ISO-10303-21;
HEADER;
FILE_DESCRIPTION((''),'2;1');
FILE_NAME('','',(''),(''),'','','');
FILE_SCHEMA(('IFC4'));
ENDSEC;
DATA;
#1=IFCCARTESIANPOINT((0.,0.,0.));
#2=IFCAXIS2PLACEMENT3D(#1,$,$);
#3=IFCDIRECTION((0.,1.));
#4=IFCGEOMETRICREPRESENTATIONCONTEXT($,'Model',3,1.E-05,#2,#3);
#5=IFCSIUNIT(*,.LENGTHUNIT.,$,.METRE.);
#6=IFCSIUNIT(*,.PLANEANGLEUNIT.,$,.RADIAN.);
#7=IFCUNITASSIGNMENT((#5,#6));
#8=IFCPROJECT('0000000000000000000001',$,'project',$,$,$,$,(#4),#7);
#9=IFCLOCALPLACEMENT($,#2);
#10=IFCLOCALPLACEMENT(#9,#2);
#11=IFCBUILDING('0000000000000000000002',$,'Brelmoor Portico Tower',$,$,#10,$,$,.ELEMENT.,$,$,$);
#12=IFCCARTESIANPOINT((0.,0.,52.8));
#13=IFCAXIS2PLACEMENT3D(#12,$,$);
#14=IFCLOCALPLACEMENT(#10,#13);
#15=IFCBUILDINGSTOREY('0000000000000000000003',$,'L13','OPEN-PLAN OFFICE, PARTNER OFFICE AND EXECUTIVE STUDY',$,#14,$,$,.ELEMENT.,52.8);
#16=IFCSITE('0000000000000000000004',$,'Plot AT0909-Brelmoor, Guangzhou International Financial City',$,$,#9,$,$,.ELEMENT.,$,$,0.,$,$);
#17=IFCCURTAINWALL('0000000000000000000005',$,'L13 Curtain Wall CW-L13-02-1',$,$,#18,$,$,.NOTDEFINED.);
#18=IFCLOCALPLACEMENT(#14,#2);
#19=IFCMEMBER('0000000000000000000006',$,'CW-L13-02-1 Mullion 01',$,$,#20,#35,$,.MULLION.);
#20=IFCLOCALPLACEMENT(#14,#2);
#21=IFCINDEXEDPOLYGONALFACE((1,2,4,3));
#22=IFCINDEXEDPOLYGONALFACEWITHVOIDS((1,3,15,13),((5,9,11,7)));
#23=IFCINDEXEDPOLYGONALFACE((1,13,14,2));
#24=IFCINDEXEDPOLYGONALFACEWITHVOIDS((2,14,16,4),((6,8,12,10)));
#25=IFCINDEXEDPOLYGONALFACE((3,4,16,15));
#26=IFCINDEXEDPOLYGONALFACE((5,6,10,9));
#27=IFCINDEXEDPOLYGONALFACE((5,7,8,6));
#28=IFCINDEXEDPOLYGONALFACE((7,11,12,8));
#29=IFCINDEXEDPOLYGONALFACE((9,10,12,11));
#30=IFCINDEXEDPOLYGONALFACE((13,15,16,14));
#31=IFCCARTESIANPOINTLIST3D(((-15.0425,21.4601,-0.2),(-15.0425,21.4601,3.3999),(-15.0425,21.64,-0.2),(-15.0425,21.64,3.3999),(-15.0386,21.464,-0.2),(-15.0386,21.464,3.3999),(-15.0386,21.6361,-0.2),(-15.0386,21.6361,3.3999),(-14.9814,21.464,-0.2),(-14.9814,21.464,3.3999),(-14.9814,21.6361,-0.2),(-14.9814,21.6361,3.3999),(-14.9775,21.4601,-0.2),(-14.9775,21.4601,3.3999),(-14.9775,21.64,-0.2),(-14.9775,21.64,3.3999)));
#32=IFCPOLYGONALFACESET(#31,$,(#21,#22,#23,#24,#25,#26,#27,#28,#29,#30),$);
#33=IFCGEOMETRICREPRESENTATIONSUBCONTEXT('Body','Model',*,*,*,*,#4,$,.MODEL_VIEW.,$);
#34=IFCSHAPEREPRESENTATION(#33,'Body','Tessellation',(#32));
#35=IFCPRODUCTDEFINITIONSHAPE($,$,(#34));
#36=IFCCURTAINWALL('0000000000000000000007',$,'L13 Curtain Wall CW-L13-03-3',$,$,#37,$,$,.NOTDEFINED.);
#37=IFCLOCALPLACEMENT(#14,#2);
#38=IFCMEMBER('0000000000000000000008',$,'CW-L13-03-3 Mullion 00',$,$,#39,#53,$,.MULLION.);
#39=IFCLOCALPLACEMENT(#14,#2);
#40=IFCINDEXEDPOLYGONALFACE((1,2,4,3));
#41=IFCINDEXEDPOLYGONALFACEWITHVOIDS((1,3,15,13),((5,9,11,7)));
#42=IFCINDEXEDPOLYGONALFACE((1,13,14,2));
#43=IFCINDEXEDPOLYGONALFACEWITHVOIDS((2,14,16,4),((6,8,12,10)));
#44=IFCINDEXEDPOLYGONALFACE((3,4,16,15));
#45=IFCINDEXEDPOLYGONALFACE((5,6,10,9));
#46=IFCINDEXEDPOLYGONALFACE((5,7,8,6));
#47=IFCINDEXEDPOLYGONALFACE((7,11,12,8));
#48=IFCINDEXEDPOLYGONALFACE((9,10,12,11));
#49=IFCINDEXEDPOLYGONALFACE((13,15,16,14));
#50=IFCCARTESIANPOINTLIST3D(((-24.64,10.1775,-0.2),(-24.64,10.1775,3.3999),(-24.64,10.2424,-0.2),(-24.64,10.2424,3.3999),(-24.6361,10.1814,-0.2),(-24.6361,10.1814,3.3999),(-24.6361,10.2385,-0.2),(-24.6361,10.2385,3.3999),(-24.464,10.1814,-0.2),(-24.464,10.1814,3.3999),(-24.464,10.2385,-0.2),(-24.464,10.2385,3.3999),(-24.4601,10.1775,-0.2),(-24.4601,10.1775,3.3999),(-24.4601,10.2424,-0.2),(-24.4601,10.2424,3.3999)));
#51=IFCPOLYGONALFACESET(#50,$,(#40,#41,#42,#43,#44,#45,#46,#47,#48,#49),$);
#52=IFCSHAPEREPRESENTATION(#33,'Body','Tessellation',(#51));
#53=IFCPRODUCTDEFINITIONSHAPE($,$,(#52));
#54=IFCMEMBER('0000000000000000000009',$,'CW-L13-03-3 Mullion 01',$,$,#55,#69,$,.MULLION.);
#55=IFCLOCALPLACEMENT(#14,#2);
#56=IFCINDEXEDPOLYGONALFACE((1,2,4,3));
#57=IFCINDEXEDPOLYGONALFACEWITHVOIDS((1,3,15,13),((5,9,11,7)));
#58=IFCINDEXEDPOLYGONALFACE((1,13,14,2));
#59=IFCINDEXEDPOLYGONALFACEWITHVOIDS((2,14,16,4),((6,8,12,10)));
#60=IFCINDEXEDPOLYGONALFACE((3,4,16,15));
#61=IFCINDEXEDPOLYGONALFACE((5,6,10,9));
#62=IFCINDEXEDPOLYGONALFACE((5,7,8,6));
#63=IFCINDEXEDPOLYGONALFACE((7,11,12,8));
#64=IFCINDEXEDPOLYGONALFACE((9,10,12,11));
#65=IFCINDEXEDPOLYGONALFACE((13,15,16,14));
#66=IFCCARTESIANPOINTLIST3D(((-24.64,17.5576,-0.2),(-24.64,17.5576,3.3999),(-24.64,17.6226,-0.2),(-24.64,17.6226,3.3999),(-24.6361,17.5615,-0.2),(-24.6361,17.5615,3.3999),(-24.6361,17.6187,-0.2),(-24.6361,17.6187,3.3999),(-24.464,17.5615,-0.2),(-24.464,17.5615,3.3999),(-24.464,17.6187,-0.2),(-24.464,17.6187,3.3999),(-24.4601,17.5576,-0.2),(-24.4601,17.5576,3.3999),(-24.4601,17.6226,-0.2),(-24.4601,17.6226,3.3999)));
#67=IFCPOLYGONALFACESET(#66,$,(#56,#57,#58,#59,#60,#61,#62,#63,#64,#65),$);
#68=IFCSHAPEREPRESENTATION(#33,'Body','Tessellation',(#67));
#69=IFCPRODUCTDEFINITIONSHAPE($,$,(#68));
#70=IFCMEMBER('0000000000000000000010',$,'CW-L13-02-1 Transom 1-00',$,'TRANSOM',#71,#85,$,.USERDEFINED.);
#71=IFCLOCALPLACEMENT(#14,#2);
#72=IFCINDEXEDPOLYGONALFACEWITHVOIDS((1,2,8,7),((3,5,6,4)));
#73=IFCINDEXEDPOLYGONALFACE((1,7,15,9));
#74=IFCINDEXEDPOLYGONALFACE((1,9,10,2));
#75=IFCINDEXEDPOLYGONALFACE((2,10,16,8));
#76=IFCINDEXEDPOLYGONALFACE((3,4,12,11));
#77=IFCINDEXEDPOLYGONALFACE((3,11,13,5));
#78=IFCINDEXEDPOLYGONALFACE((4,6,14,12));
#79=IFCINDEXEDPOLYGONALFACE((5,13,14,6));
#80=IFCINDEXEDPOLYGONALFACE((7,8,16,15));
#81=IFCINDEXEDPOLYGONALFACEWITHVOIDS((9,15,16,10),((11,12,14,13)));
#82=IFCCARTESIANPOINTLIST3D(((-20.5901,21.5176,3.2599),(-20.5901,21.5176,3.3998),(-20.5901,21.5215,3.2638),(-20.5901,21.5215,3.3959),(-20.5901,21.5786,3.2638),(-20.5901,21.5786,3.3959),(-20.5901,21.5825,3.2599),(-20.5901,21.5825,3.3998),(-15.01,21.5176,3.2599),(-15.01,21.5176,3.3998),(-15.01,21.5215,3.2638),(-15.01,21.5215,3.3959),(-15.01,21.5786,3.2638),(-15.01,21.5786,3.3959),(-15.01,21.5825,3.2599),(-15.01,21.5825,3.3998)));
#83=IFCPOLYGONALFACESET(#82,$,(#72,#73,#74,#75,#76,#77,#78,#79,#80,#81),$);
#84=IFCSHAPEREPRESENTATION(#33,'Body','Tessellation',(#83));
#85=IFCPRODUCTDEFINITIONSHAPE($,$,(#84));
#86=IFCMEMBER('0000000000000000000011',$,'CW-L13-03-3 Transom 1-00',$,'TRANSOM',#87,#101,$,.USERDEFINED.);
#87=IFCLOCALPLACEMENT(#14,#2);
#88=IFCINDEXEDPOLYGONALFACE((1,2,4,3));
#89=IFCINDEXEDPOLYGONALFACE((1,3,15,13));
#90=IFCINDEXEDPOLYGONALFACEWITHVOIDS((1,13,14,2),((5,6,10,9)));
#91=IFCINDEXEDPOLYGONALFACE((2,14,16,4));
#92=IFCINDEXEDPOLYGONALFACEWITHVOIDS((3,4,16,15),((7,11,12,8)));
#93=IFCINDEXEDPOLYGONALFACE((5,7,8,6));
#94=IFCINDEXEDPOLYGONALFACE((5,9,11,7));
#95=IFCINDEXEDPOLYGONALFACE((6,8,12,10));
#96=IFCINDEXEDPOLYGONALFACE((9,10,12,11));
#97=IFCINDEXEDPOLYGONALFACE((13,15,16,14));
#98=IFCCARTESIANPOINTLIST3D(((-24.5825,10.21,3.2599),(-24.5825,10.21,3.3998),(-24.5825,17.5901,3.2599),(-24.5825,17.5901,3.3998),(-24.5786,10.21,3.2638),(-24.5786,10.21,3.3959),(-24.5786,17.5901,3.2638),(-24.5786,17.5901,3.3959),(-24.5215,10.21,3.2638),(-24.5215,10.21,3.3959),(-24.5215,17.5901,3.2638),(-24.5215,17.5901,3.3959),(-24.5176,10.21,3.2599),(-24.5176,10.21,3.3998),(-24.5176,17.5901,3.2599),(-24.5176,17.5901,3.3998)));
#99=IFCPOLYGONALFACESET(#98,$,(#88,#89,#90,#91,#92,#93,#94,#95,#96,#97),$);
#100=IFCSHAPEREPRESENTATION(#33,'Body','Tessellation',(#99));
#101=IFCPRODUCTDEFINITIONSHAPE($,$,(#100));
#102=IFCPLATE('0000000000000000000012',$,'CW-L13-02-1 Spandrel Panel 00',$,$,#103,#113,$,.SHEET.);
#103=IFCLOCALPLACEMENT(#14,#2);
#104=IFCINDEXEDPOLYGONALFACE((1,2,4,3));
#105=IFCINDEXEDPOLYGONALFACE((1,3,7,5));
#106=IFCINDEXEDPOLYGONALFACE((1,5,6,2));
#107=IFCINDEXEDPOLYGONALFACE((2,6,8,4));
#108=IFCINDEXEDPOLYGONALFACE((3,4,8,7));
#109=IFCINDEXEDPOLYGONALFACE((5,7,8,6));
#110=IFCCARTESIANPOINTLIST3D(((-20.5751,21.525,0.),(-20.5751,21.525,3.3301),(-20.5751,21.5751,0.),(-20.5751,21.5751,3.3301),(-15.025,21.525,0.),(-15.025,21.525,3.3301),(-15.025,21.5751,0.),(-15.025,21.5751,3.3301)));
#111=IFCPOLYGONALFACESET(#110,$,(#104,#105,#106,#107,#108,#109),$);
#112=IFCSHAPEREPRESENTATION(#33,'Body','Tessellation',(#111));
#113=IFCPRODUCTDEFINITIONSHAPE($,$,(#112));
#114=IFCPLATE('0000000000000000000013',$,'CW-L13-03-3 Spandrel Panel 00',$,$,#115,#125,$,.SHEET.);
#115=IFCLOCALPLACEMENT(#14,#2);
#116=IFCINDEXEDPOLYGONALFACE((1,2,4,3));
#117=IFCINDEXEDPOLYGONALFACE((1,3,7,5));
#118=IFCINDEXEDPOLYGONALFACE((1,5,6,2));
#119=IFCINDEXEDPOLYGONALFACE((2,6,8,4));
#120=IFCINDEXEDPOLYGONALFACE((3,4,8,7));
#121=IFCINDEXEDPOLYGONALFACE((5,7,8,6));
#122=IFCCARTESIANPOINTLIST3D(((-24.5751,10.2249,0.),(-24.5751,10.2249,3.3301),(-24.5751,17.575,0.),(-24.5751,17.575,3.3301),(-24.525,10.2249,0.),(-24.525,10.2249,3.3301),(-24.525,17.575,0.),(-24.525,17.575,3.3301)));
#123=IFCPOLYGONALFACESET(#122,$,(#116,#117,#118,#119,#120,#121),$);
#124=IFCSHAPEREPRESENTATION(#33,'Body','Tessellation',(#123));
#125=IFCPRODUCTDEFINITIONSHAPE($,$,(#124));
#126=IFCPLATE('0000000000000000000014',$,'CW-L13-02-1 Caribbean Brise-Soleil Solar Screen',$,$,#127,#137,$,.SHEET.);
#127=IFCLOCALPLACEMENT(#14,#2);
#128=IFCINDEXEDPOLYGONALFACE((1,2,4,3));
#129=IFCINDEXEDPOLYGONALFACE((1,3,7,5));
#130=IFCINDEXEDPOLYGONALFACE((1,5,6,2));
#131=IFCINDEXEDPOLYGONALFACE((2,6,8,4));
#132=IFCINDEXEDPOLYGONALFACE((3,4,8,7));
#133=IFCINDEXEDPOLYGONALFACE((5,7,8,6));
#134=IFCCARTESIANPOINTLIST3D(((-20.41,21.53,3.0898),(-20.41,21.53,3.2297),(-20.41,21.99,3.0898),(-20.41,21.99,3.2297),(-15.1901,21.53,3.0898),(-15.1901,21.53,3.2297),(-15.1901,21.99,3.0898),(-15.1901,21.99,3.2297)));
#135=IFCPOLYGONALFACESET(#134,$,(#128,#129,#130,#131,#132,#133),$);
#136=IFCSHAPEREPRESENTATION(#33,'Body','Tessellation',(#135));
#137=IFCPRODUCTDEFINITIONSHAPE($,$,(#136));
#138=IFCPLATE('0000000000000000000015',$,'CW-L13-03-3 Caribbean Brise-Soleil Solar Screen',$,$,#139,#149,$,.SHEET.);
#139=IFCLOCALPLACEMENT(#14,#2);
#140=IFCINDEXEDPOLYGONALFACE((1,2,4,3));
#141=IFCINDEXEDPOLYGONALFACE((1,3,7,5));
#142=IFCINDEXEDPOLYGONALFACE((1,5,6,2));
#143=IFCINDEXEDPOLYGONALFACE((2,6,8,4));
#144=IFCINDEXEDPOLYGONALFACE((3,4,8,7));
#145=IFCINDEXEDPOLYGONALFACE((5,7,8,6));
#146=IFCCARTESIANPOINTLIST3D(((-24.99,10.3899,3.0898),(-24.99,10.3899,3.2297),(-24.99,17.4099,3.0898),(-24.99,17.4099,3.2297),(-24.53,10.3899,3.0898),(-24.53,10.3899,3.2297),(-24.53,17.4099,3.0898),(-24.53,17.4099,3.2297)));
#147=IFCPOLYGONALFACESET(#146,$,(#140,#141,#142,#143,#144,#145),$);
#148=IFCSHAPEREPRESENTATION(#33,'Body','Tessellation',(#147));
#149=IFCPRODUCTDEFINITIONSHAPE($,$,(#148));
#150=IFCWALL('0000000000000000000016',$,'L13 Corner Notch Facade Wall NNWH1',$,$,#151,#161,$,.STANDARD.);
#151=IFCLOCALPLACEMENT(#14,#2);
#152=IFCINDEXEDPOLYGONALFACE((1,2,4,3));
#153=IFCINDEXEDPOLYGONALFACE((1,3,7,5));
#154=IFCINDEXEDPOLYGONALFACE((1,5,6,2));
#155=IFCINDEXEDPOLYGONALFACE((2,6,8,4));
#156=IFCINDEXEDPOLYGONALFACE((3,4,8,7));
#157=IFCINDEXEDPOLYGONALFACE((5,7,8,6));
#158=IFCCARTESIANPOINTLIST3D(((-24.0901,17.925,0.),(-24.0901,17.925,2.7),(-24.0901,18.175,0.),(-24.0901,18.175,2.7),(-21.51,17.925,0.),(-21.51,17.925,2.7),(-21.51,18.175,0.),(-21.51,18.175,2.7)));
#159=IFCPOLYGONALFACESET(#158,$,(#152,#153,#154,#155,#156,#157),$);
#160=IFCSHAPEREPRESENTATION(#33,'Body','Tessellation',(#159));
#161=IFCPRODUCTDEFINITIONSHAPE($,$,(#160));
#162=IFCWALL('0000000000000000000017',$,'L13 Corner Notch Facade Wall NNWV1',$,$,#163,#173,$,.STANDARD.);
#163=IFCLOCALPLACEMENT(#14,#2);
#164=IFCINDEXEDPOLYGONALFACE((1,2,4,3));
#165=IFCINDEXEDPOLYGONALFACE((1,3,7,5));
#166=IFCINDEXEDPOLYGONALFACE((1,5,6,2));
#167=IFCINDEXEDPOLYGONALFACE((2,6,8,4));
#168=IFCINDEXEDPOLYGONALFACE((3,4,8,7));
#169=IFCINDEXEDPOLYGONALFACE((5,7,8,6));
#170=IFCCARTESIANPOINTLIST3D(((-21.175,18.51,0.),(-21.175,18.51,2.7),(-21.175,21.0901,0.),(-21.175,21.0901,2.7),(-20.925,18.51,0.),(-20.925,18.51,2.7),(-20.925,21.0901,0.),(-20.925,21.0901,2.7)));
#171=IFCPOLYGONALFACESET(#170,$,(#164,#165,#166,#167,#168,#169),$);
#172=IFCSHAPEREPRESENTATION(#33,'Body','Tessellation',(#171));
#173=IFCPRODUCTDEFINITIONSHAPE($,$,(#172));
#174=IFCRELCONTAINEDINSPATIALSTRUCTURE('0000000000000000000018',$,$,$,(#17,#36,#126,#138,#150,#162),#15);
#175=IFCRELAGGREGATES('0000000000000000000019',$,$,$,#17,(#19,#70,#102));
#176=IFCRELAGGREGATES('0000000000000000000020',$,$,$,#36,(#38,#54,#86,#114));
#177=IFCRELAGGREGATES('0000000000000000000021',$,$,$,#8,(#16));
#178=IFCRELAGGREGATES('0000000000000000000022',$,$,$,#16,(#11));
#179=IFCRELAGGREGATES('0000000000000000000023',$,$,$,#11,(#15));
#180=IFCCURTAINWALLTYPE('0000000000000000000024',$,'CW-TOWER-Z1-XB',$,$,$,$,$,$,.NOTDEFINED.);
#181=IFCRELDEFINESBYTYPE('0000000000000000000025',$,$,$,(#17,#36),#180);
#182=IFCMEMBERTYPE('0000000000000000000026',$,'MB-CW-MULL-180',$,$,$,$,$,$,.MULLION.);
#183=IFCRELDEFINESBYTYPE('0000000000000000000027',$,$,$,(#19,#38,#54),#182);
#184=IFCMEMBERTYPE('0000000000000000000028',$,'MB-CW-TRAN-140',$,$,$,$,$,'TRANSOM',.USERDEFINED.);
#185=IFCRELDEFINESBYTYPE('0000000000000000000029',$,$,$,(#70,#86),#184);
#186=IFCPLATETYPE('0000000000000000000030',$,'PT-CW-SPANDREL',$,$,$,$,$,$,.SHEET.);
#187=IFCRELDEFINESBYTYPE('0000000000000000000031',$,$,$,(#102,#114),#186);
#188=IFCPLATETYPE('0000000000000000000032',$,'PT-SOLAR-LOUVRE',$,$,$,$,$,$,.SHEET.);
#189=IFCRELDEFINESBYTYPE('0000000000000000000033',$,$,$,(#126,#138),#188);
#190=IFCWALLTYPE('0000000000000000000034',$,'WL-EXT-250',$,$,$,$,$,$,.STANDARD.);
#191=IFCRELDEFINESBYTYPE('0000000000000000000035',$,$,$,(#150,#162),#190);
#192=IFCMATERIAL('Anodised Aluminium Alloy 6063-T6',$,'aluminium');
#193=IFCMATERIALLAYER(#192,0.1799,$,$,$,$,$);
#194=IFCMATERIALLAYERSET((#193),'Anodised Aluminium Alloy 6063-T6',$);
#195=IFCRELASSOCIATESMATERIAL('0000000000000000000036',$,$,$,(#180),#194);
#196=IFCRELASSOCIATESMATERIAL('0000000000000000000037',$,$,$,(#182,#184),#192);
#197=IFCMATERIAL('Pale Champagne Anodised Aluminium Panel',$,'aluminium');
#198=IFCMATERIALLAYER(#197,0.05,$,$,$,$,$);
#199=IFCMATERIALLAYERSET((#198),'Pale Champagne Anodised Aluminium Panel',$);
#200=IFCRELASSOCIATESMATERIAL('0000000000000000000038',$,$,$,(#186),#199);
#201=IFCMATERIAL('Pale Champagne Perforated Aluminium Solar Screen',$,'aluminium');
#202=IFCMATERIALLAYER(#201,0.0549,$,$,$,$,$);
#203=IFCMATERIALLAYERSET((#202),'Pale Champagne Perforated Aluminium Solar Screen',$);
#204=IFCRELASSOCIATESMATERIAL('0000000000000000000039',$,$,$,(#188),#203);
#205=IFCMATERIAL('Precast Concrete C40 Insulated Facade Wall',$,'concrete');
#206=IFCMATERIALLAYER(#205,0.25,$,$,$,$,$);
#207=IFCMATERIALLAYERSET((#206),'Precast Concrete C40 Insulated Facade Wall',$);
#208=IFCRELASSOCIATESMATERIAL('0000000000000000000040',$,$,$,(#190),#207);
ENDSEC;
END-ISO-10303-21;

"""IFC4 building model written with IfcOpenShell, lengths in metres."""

from ifc_helpers import new_model, si_unit, direction, frame, frame_2d, origin, origin_2d, place, context, subcontext, project, spatial, rectangle, hollow_rectangle, extrude, material, layer, layer_set, material_profile, profile_set, type_object, element, aggregate, save


model = new_model("IFC4")

# Units and contexts
model_context = context("Model", 3, precision=1e-05, world=origin(), true_north=direction((0.0, 1.0)))
body_context = subcontext(model_context, "Body", "Model", "MODEL_VIEW")
ifc_project = project(units=[si_unit("LENGTHUNIT", "METRE"), si_unit("PLANEANGLEUNIT", "RADIAN")], contexts=[model_context])

# Site, building, storey
site_placement = place(None, origin())
site = spatial("IfcSite", under=ifc_project, at=site_placement, Name="Plot AT0909-Brelmoor, Guangzhou International Financial City", CompositionType="ELEMENT", RefElevation=0.0)
building_placement = place(site_placement, origin())
building = spatial("IfcBuilding", under=site, at=building_placement, Name="Brelmoor Portico Tower", CompositionType="ELEMENT")
storey_placement = place(building_placement, frame((0.0, 0.0, 52.8)))
storey = spatial("IfcBuildingStorey", under=building, at=storey_placement, Name="L13", Description="OPEN-PLAN OFFICE, PARTNER OFFICE AND EXECUTIVE STUDY", CompositionType="ELEMENT", Elevation=52.8)

# Curtain walls, members
ifc_material_1 = material(Name="Anodised Aluminium Alloy 6063-T6", Category="aluminium")
ifc_layer_1 = layer(ifc_material_1, 0.1799)
ifc_layer_set_1 = layer_set([ifc_layer_1], Name="Anodised Aluminium Alloy 6063-T6")
curtain_wall_type = type_object("IfcCurtainWallType", Name="CW-TOWER-Z1-XB", PredefinedType="NOTDEFINED", material=ifc_layer_set_1)
curtain_wall_1_placement = place(storey_placement, origin())
curtain_wall_1 = element("IfcCurtainWall", 1, at=curtain_wall_1_placement, inside=storey, type_object=curtain_wall_type, Name="L13 Curtain Wall CW-L13-02-1", PredefinedType="NOTDEFINED")
ifc_material_profile_1 = material_profile(ifc_material_1, hollow_rectangle(XDim=0.0649, YDim=0.1799, WallThickness=0.0039, at=origin_2d()), Name="ALU MULLION 65x180")
ifc_profile_set_1 = profile_set([ifc_material_profile_1], Name="Anodised Aluminium Alloy 6063-T6")
member_type_1 = type_object("IfcMemberType", Name="MB-CW-MULL-180", PredefinedType="MULLION", material=ifc_profile_set_1)
member_1_placement = place(storey_placement, frame((-15.01, 21.55, -0.2), z_axis=(0.0, 0.0, 1.0), x_axis=(1.0, 0.0, 0.0)))
member_1 = element("IfcMember", 2, at=member_1_placement, type_object=member_type_1, Name="CW-L13-02-1 Mullion 01", PredefinedType="MULLION", context=body_context, shape_type="SweptSolid", body=[
    extrude(hollow_rectangle(XDim=0.0649, YDim=0.1799, WallThickness=0.0039, at=origin_2d()), origin(), (0.0, 0.0, 1.0), 3.5999),
])
curtain_wall_2_placement = place(storey_placement, origin())
curtain_wall_2 = element("IfcCurtainWall", 3, at=curtain_wall_2_placement, inside=storey, type_object=curtain_wall_type, Name="L13 Curtain Wall CW-L13-03-3", PredefinedType="NOTDEFINED")
member_2_placement = place(storey_placement, frame((-24.55, 10.21, -0.2), z_axis=(0.0, 0.0, 1.0), x_axis=(0.0, 1.0, 0.0)))
member_2 = element("IfcMember", 4, at=member_2_placement, type_object=member_type_1, Name="CW-L13-03-3 Mullion 00", PredefinedType="MULLION", context=body_context, shape_type="SweptSolid", body=[
    extrude(hollow_rectangle(XDim=0.0649, YDim=0.1799, WallThickness=0.0039, at=origin_2d()), origin(), (0.0, 0.0, 1.0), 3.5999),
])
member_3_placement = place(storey_placement, frame((-24.55, 17.5901, -0.2), z_axis=(0.0, 0.0, 1.0), x_axis=(0.0, 1.0, 0.0)))
member_3 = element("IfcMember", 5, at=member_3_placement, type_object=member_type_1, Name="CW-L13-03-3 Mullion 01", PredefinedType="MULLION", context=body_context, shape_type="SweptSolid", body=[
    extrude(hollow_rectangle(XDim=0.0649, YDim=0.1799, WallThickness=0.0039, at=origin_2d()), origin(), (0.0, 0.0, 1.0), 3.5999),
])

# Members
ifc_material_profile_2 = material_profile(ifc_material_1, hollow_rectangle(XDim=0.0649, YDim=0.1399, WallThickness=0.0039, at=origin_2d()), Name="ALU TRANSOM 65x140")
ifc_profile_set_2 = profile_set([ifc_material_profile_2], Name="Anodised Aluminium Alloy 6063-T6")
member_type_2 = type_object("IfcMemberType", Name="MB-CW-TRAN-140", ElementType="TRANSOM", PredefinedType="USERDEFINED", material=ifc_profile_set_2)
member_4_placement = place(storey_placement, frame((-20.5901, 21.55, 3.3298), z_axis=(1.0, 0.0, 0.0), x_axis=(0.0, 1.0, 0.0)))
member_4 = element("IfcMember", 6, at=member_4_placement, type_object=member_type_2, Name="CW-L13-02-1 Transom 1-00", ObjectType="TRANSOM", PredefinedType="USERDEFINED", context=body_context, shape_type="SweptSolid", body=[
    extrude(hollow_rectangle(XDim=0.0649, YDim=0.1399, WallThickness=0.0039, at=origin_2d()), origin(), (0.0, 0.0, 1.0), 5.5801),
])
member_5_placement = place(storey_placement, frame((-24.55, 10.21, 3.3298), z_axis=(0.0, 1.0, 0.0), x_axis=(-1.0, 0.0, 0.0)))
member_5 = element("IfcMember", 7, at=member_5_placement, type_object=member_type_2, Name="CW-L13-03-3 Transom 1-00", ObjectType="TRANSOM", PredefinedType="USERDEFINED", context=body_context, shape_type="SweptSolid", body=[
    extrude(hollow_rectangle(XDim=0.0649, YDim=0.1399, WallThickness=0.0039, at=origin_2d()), origin(), (0.0, 0.0, 1.0), 7.3801),
])

# Plates
ifc_material_2 = material(Name="Pale Champagne Anodised Aluminium Panel", Category="aluminium")
ifc_layer_2 = layer(ifc_material_2, 0.05)
ifc_layer_set_2 = layer_set([ifc_layer_2], Name="Pale Champagne Anodised Aluminium Panel")
plate_type_1 = type_object("IfcPlateType", Name="PT-CW-SPANDREL", PredefinedType="SHEET", material=ifc_layer_set_2)
plate_1_placement = place(storey_placement, frame((-17.8, 21.55, 0.0), z_axis=(0.0, 0.0, 1.0), x_axis=(1.0, 0.0, 0.0)))
plate_1 = element("IfcPlate", 8, at=plate_1_placement, type_object=plate_type_1, Name="CW-L13-02-1 Spandrel Panel 00", PredefinedType="SHEET", context=body_context, shape_type="SweptSolid", body=[
    extrude(rectangle(XDim=5.55, YDim=0.05, at=origin_2d()), origin(), (0.0, 0.0, 1.0), 3.3301),
])
aggregate(curtain_wall_1, [member_1, member_4, plate_1])
plate_2_placement = place(storey_placement, frame((-24.55, 13.8999, 0.0), z_axis=(0.0, 0.0, 1.0), x_axis=(0.0, 1.0, 0.0)))
plate_2 = element("IfcPlate", 9, at=plate_2_placement, type_object=plate_type_1, Name="CW-L13-03-3 Spandrel Panel 00", PredefinedType="SHEET", context=body_context, shape_type="SweptSolid", body=[
    extrude(rectangle(XDim=7.3501, YDim=0.05, at=origin_2d()), origin(), (0.0, 0.0, 1.0), 3.3301),
])
aggregate(curtain_wall_2, [member_2, member_3, member_5, plate_2])

# Plates
ifc_material_3 = material(Name="Pale Champagne Perforated Aluminium Solar Screen", Category="aluminium")
ifc_layer_3 = layer(ifc_material_3, 0.0549)
ifc_layer_set_3 = layer_set([ifc_layer_3], Name="Pale Champagne Perforated Aluminium Solar Screen")
plate_type_2 = type_object("IfcPlateType", Name="PT-SOLAR-LOUVRE", PredefinedType="SHEET", material=ifc_layer_set_3)
plate_3_placement = place(storey_placement, frame((-17.8, 21.76, 3.0898), z_axis=(0.0, 0.0, 1.0), x_axis=(1.0, 0.0, 0.0)))
element("IfcPlate", 10, at=plate_3_placement, inside=storey, type_object=plate_type_2, Name="CW-L13-02-1 Caribbean Brise-Soleil Solar Screen", PredefinedType="SHEET", context=body_context, shape_type="SweptSolid", body=[
    extrude(rectangle(XDim=5.22, YDim=0.46, at=origin_2d()), origin(), (0.0, 0.0, 1.0), 0.1399),
])
plate_4_placement = place(storey_placement, frame((-24.76, 13.8999, 3.0898), z_axis=(0.0, 0.0, 1.0), x_axis=(0.0, 1.0, 0.0)))
element("IfcPlate", 11, at=plate_4_placement, inside=storey, type_object=plate_type_2, Name="CW-L13-03-3 Caribbean Brise-Soleil Solar Screen", PredefinedType="SHEET", context=body_context, shape_type="SweptSolid", body=[
    extrude(rectangle(XDim=7.02, YDim=0.46, at=origin_2d()), origin(), (0.0, 0.0, 1.0), 0.1399),
])

# Walls
ifc_material_4 = material(Name="Precast Concrete C40 Insulated Facade Wall", Category="concrete")
ifc_layer_4 = layer(ifc_material_4, 0.25)
ifc_layer_set_4 = layer_set([ifc_layer_4], Name="Precast Concrete C40 Insulated Facade Wall")
wall_type_1 = type_object("IfcWallType", Name="WL-EXT-250", PredefinedType="STANDARD", material=ifc_layer_set_4)
for number, where, z_axis, x_axis, name in (
    (12, (-24.0901, 18.05, 0.0), (0.0, 0.0, 1.0), (1.0, 0.0, 0.0), "L13 Corner Notch Facade Wall NNWH1"),
    (13, (-21.05, 18.51, 0.0), (0.0, 0.0, 1.0), (0.0, 1.0, 0.0), "L13 Corner Notch Facade Wall NNWV1"),
):
    element("IfcWall", number, at=place(storey_placement, frame(where, z_axis=z_axis, x_axis=x_axis)), inside=storey, type_object=wall_type_1, Name=name, PredefinedType="STANDARD", context=body_context, shape_type="SweptSolid", body=[
        extrude(rectangle(XDim=2.5801, YDim=0.25, at=frame_2d((1.29, 0.0))), origin(), (0.0, 0.0, 1.0), 2.7),
    ])

save(model, "model.ifc")
